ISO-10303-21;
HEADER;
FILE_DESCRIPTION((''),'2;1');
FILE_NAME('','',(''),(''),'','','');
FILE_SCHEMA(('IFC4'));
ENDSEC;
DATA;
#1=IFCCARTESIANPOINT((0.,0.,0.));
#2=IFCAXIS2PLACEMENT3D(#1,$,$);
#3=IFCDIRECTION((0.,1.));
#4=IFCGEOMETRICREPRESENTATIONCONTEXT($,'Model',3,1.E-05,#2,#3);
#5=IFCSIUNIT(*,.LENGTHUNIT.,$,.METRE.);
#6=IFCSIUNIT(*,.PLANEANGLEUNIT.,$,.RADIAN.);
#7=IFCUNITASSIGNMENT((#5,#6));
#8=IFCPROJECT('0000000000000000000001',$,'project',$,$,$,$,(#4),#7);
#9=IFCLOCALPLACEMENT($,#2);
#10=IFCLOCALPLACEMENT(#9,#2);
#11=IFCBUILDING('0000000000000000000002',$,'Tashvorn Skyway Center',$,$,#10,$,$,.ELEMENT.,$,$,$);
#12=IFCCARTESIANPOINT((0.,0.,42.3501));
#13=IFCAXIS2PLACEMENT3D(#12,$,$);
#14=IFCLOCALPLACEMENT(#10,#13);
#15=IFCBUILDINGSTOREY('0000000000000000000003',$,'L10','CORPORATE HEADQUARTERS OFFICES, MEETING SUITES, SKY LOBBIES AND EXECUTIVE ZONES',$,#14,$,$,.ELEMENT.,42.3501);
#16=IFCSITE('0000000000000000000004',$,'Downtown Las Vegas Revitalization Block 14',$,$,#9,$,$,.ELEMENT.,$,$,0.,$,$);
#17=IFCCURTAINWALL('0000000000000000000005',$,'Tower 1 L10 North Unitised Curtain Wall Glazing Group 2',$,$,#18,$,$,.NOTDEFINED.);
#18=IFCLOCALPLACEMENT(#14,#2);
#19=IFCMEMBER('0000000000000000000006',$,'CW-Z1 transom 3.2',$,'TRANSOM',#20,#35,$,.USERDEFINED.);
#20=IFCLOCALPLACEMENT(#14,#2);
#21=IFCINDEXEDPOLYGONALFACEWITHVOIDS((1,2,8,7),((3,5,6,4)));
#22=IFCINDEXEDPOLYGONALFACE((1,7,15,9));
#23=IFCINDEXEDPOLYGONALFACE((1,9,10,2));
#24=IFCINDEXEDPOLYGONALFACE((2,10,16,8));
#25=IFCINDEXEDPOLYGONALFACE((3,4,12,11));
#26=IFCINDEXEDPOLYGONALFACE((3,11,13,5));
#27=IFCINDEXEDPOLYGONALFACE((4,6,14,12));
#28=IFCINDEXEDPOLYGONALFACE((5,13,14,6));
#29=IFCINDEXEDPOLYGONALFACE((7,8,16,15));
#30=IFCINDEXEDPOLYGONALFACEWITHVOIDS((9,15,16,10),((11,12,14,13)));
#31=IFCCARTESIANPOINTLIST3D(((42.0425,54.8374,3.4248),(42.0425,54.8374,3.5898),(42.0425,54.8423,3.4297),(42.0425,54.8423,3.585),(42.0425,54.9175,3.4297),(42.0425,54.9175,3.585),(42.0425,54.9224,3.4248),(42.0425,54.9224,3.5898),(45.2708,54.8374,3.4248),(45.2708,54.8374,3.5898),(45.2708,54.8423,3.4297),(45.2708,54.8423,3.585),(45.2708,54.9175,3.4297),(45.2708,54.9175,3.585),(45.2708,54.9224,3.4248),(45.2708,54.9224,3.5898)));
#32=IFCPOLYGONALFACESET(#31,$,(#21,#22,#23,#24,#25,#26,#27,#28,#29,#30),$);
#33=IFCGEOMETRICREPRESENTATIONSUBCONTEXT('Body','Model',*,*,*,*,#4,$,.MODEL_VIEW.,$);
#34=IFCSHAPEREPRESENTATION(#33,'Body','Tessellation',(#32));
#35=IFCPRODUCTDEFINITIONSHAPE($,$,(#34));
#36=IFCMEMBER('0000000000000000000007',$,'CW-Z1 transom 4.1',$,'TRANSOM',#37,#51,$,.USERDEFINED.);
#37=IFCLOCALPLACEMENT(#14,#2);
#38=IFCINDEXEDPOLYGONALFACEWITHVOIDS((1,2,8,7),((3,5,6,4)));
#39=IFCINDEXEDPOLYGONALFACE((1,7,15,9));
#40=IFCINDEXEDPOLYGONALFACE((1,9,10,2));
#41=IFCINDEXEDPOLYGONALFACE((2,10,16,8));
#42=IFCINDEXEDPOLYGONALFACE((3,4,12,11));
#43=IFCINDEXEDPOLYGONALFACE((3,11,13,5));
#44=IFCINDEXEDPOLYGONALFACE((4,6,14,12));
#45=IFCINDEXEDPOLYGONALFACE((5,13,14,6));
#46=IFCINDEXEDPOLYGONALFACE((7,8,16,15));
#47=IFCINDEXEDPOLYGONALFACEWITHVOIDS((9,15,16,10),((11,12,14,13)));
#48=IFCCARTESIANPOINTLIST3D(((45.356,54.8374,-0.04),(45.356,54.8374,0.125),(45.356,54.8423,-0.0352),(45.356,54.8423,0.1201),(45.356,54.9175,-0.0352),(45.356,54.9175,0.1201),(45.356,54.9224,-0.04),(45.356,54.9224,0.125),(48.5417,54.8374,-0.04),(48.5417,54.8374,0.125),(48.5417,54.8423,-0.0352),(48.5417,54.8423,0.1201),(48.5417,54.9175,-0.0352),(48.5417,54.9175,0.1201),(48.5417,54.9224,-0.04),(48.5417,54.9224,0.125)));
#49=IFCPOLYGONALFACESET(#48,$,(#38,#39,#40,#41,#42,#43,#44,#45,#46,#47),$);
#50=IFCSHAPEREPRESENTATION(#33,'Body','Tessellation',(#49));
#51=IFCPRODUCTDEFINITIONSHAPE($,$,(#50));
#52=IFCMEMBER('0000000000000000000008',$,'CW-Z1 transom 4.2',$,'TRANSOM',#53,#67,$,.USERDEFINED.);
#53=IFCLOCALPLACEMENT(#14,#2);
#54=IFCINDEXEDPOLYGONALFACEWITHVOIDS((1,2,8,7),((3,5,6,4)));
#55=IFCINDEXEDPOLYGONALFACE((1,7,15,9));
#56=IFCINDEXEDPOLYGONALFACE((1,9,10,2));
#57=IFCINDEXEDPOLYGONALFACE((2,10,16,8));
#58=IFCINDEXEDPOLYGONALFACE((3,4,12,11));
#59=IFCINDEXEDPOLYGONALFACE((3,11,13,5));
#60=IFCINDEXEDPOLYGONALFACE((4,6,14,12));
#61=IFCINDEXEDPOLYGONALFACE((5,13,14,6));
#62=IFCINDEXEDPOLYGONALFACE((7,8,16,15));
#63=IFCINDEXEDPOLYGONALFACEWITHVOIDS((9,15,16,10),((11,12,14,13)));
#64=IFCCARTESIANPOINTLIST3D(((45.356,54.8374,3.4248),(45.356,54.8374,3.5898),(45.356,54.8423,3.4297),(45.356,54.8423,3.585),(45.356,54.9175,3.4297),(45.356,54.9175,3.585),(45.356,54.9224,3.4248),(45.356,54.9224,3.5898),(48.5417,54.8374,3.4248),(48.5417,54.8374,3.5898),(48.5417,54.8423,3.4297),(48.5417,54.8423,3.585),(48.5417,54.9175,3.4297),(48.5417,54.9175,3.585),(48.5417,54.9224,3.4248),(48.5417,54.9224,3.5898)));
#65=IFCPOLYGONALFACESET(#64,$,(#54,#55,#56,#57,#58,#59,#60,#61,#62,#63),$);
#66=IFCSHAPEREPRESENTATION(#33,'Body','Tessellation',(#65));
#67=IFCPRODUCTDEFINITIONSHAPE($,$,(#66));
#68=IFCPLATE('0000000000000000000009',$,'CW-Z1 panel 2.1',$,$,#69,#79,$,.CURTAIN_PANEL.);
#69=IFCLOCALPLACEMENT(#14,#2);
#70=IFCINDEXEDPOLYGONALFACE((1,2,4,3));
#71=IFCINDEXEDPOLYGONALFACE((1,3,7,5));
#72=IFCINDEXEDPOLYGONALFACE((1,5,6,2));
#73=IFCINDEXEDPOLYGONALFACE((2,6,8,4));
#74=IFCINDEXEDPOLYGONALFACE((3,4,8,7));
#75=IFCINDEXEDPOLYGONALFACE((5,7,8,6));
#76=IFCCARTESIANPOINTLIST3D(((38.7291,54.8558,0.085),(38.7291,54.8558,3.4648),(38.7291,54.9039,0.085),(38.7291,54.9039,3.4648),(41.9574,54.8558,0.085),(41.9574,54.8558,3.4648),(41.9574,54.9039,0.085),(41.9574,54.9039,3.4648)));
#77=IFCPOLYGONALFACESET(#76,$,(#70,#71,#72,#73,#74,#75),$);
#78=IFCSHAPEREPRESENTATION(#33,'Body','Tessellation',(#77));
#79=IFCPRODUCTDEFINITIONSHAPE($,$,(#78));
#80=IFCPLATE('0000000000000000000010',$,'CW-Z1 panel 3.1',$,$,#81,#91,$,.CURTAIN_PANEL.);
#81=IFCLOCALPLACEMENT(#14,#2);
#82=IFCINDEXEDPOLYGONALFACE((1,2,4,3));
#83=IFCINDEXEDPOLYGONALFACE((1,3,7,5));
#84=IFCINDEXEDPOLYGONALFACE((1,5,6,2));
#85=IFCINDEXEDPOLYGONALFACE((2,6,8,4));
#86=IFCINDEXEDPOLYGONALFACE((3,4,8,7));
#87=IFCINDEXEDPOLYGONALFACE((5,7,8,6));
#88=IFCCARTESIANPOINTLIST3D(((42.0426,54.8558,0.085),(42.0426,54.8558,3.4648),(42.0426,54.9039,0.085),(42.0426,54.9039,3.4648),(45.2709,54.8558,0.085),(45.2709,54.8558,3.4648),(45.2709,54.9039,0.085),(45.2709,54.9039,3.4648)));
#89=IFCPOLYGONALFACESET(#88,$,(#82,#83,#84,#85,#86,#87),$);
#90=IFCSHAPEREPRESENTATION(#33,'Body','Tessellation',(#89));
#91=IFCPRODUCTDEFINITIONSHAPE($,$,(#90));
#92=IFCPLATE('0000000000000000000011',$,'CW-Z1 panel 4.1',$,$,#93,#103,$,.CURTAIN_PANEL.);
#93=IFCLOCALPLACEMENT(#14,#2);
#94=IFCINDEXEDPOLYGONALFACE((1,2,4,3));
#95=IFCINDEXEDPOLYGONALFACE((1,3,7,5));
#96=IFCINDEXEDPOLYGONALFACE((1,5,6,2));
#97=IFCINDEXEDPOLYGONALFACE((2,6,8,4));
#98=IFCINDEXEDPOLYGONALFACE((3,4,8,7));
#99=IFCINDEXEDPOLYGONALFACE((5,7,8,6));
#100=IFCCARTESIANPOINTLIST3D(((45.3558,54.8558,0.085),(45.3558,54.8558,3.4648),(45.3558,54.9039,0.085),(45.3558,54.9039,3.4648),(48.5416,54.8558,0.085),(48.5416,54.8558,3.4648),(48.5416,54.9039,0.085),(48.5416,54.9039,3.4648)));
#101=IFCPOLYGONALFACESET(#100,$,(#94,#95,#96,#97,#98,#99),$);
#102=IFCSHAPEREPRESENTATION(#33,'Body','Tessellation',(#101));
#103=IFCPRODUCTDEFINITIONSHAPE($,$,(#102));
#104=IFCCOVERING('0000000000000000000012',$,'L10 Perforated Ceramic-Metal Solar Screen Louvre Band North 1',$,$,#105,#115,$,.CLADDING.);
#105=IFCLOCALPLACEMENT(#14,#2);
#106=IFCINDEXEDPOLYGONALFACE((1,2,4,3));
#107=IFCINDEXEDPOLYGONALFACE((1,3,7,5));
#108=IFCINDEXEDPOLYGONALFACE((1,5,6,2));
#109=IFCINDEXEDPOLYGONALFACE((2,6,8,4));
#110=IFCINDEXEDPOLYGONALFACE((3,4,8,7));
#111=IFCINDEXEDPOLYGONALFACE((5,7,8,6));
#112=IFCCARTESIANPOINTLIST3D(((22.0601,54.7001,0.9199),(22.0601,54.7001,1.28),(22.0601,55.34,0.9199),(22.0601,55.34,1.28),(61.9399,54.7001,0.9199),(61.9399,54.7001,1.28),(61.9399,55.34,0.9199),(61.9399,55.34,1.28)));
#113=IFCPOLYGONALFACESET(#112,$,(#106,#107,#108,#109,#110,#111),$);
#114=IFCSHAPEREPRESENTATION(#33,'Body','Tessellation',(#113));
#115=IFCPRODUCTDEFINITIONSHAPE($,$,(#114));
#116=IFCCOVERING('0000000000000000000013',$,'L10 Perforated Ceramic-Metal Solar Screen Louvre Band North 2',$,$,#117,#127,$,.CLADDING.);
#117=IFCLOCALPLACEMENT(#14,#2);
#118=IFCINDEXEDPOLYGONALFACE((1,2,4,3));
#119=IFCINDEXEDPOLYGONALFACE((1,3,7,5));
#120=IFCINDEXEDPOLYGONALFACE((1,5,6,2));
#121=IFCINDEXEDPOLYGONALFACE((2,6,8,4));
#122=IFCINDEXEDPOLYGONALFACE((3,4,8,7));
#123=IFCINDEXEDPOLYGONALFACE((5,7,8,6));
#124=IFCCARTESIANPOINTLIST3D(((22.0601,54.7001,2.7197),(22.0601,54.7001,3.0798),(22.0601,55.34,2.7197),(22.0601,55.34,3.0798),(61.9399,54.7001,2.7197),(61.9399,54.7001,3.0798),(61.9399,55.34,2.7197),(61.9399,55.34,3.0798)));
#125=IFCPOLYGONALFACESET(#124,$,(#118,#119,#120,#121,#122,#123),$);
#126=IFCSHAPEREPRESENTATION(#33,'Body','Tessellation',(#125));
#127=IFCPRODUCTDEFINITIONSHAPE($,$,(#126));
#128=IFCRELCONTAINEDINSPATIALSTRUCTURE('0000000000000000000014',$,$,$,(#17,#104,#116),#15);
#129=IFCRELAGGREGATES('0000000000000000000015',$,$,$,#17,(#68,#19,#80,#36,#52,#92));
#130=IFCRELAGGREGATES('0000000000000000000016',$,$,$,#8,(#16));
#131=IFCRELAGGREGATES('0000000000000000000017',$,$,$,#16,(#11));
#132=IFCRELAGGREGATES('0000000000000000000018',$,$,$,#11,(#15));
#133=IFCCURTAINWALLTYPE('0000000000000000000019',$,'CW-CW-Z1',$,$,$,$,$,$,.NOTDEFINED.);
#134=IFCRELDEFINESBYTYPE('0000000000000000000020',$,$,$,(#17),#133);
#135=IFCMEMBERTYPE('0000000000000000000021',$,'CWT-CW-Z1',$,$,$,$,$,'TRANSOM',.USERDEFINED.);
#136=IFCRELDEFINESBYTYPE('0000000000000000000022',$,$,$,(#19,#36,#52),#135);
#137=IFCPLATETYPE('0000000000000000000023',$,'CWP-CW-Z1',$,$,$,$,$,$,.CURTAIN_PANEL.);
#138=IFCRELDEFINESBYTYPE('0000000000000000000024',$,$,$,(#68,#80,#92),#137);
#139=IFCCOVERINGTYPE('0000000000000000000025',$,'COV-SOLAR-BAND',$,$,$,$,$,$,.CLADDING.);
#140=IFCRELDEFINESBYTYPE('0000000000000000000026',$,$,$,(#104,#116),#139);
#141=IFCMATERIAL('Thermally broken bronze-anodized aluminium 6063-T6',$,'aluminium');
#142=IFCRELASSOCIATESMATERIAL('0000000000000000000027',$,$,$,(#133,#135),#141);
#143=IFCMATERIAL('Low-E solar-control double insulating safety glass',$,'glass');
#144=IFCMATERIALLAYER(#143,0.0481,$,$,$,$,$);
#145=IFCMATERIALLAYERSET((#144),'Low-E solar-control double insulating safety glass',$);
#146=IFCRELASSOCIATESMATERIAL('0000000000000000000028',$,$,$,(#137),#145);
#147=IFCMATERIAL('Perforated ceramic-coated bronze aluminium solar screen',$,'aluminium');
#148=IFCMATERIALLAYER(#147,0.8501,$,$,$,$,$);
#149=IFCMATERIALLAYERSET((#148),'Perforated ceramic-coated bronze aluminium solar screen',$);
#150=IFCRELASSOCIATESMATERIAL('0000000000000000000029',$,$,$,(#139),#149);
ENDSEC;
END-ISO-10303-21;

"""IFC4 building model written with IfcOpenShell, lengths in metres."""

from ifc_helpers import new_model, si_unit, direction, frame, origin, origin_2d, place, context, subcontext, project, spatial, rectangle, hollow_rectangle, extrude, material, layer, layer_set, material_profile, profile_set, type_object, element, aggregate, save


model = new_model("IFC4")

# Units and contexts
model_context = context("Model", 3, precision=1e-05, world=origin(), true_north=direction((0.0, 1.0)))
body_context = subcontext(model_context, "Body", "Model", "MODEL_VIEW")
ifc_project = project(units=[si_unit("LENGTHUNIT", "METRE"), si_unit("PLANEANGLEUNIT", "RADIAN")], contexts=[model_context])

# Site, building, storey
site_placement = place(None, origin())
site = spatial("IfcSite", under=ifc_project, at=site_placement, Name="Downtown Las Vegas Revitalization Block 14", CompositionType="ELEMENT", RefElevation=0.0)
building_placement = place(site_placement, origin())
building = spatial("IfcBuilding", under=site, at=building_placement, Name="Tashvorn Skyway Center", CompositionType="ELEMENT")
storey_placement = place(building_placement, frame((0.0, 0.0, 42.3501)))
storey = spatial("IfcBuildingStorey", under=building, at=storey_placement, Name="L10", Description="CORPORATE HEADQUARTERS OFFICES, MEETING SUITES, SKY LOBBIES AND EXECUTIVE ZONES", CompositionType="ELEMENT", Elevation=42.3501)

# Curtain wall, members, plates
ifc_material_1 = material(Name="Thermally broken bronze-anodized aluminium 6063-T6", Category="aluminium")
curtain_wall_type = type_object("IfcCurtainWallType", Name="CW-CW-Z1", PredefinedType="NOTDEFINED", material=ifc_material_1)
curtain_wall_placement = place(storey_placement, origin())
curtain_wall = element("IfcCurtainWall", 1, at=curtain_wall_placement, inside=storey, type_object=curtain_wall_type, Name="Tower 1 L10 North Unitised Curtain Wall Glazing Group 2", PredefinedType="NOTDEFINED")
ifc_material_profile_1 = material_profile(ifc_material_1, hollow_rectangle(XDim=0.085, YDim=0.165, WallThickness=0.0049, at=origin_2d()), Name="ALU-TRAN-85x165")
ifc_profile_set_1 = profile_set([ifc_material_profile_1], Name="Thermally broken bronze-anodized aluminium 6063-T6")
member_type_1 = type_object("IfcMemberType", Name="CWT-CW-Z1", ElementType="TRANSOM", PredefinedType="USERDEFINED", material=ifc_profile_set_1)
member_1_placement = place(storey_placement, frame((42.0425, 54.8799, 3.5073), z_axis=(1.0, 0.0, 0.0), x_axis=(0.0, 1.0, 0.0)))
member_1 = element("IfcMember", 2, at=member_1_placement, type_object=member_type_1, Name="CW-Z1 transom 3.2", ObjectType="TRANSOM", PredefinedType="USERDEFINED", context=body_context, shape_type="SweptSolid", body=[
    extrude(hollow_rectangle(XDim=0.085, YDim=0.165, WallThickness=0.0049, at=origin_2d()), origin(), (0.0, 0.0, 1.0), 3.2283),
])
member_2_placement = place(storey_placement, frame((45.356, 54.8799, 0.0425), z_axis=(1.0, 0.0, 0.0), x_axis=(0.0, 1.0, 0.0)))
member_2 = element("IfcMember", 3, at=member_2_placement, type_object=member_type_1, Name="CW-Z1 transom 4.1", ObjectType="TRANSOM", PredefinedType="USERDEFINED", context=body_context, shape_type="SweptSolid", body=[
    extrude(hollow_rectangle(XDim=0.085, YDim=0.165, WallThickness=0.0049, at=origin_2d()), origin(), (0.0, 0.0, 1.0), 3.1858),
])
member_3_placement = place(storey_placement, frame((45.356, 54.8799, 3.5073), z_axis=(1.0, 0.0, 0.0), x_axis=(0.0, 1.0, 0.0)))
member_3 = element("IfcMember", 4, at=member_3_placement, type_object=member_type_1, Name="CW-Z1 transom 4.2", ObjectType="TRANSOM", PredefinedType="USERDEFINED", context=body_context, shape_type="SweptSolid", body=[
    extrude(hollow_rectangle(XDim=0.085, YDim=0.165, WallThickness=0.0049, at=origin_2d()), origin(), (0.0, 0.0, 1.0), 3.1858),
])
ifc_material_2 = material(Name="Low-E solar-control double insulating safety glass", Category="glass")
ifc_layer_1 = layer(ifc_material_2, 0.0481)
ifc_layer_set_1 = layer_set([ifc_layer_1], Name="Low-E solar-control double insulating safety glass")
plate_type = type_object("IfcPlateType", Name="CWP-CW-Z1", PredefinedType="CURTAIN_PANEL", material=ifc_layer_set_1)
plate_1_placement = place(storey_placement, frame((40.3433, 54.8799, 0.085), z_axis=(0.0, 0.0, 1.0), x_axis=(1.0, 0.0, 0.0)))
plate_1 = element("IfcPlate", 5, at=plate_1_placement, type_object=plate_type, Name="CW-Z1 panel 2.1", PredefinedType="CURTAIN_PANEL", context=body_context, shape_type="SweptSolid", body=[
    extrude(rectangle(XDim=3.2283, YDim=0.0481, at=origin_2d()), origin(), (0.0, 0.0, 1.0), 3.3799),
])
plate_2_placement = place(storey_placement, frame((43.6567, 54.8799, 0.085), z_axis=(0.0, 0.0, 1.0), x_axis=(1.0, 0.0, 0.0)))
plate_2 = element("IfcPlate", 6, at=plate_2_placement, type_object=plate_type, Name="CW-Z1 panel 3.1", PredefinedType="CURTAIN_PANEL", context=body_context, shape_type="SweptSolid", body=[
    extrude(rectangle(XDim=3.2283, YDim=0.0481, at=origin_2d()), origin(), (0.0, 0.0, 1.0), 3.3799),
])
plate_3_placement = place(storey_placement, frame((46.9487, 54.8799, 0.085), z_axis=(0.0, 0.0, 1.0), x_axis=(1.0, 0.0, 0.0)))
plate_3 = element("IfcPlate", 7, at=plate_3_placement, type_object=plate_type, Name="CW-Z1 panel 4.1", PredefinedType="CURTAIN_PANEL", context=body_context, shape_type="SweptSolid", body=[
    extrude(rectangle(XDim=3.1858, YDim=0.0481, at=origin_2d()), origin(), (0.0, 0.0, 1.0), 3.3799),
])
aggregate(curtain_wall, [plate_1, member_1, plate_2, member_2, member_3, plate_3])

# Coverings
ifc_material_3 = material(Name="Perforated ceramic-coated bronze aluminium solar screen", Category="aluminium")
ifc_layer_2 = layer(ifc_material_3, 0.8501)
ifc_layer_set_2 = layer_set([ifc_layer_2], Name="Perforated ceramic-coated bronze aluminium solar screen")
covering_type = type_object("IfcCoveringType", Name="COV-SOLAR-BAND", PredefinedType="CLADDING", material=ifc_layer_set_2)
for number, where, z_axis, x_axis, name in (
    (8, (42.0, 55.02, 0.9199), (0.0, 0.0, 1.0), (1.0, 0.0, 0.0), "L10 Perforated Ceramic-Metal Solar Screen Louvre Band North 1"),
    (9, (42.0, 55.02, 2.7197), (0.0, 0.0, 1.0), (1.0, 0.0, 0.0), "L10 Perforated Ceramic-Metal Solar Screen Louvre Band North 2"),
):
    element("IfcCovering", number, at=place(storey_placement, frame(where, z_axis=z_axis, x_axis=x_axis)), inside=storey, type_object=covering_type, Name=name, PredefinedType="CLADDING", context=body_context, shape_type="SweptSolid", body=[
        extrude(rectangle(XDim=39.8799, YDim=0.6399, at=origin_2d()), origin(), (0.0, 0.0, 1.0), 0.3601),
    ])

save(model, "model.ifc")
